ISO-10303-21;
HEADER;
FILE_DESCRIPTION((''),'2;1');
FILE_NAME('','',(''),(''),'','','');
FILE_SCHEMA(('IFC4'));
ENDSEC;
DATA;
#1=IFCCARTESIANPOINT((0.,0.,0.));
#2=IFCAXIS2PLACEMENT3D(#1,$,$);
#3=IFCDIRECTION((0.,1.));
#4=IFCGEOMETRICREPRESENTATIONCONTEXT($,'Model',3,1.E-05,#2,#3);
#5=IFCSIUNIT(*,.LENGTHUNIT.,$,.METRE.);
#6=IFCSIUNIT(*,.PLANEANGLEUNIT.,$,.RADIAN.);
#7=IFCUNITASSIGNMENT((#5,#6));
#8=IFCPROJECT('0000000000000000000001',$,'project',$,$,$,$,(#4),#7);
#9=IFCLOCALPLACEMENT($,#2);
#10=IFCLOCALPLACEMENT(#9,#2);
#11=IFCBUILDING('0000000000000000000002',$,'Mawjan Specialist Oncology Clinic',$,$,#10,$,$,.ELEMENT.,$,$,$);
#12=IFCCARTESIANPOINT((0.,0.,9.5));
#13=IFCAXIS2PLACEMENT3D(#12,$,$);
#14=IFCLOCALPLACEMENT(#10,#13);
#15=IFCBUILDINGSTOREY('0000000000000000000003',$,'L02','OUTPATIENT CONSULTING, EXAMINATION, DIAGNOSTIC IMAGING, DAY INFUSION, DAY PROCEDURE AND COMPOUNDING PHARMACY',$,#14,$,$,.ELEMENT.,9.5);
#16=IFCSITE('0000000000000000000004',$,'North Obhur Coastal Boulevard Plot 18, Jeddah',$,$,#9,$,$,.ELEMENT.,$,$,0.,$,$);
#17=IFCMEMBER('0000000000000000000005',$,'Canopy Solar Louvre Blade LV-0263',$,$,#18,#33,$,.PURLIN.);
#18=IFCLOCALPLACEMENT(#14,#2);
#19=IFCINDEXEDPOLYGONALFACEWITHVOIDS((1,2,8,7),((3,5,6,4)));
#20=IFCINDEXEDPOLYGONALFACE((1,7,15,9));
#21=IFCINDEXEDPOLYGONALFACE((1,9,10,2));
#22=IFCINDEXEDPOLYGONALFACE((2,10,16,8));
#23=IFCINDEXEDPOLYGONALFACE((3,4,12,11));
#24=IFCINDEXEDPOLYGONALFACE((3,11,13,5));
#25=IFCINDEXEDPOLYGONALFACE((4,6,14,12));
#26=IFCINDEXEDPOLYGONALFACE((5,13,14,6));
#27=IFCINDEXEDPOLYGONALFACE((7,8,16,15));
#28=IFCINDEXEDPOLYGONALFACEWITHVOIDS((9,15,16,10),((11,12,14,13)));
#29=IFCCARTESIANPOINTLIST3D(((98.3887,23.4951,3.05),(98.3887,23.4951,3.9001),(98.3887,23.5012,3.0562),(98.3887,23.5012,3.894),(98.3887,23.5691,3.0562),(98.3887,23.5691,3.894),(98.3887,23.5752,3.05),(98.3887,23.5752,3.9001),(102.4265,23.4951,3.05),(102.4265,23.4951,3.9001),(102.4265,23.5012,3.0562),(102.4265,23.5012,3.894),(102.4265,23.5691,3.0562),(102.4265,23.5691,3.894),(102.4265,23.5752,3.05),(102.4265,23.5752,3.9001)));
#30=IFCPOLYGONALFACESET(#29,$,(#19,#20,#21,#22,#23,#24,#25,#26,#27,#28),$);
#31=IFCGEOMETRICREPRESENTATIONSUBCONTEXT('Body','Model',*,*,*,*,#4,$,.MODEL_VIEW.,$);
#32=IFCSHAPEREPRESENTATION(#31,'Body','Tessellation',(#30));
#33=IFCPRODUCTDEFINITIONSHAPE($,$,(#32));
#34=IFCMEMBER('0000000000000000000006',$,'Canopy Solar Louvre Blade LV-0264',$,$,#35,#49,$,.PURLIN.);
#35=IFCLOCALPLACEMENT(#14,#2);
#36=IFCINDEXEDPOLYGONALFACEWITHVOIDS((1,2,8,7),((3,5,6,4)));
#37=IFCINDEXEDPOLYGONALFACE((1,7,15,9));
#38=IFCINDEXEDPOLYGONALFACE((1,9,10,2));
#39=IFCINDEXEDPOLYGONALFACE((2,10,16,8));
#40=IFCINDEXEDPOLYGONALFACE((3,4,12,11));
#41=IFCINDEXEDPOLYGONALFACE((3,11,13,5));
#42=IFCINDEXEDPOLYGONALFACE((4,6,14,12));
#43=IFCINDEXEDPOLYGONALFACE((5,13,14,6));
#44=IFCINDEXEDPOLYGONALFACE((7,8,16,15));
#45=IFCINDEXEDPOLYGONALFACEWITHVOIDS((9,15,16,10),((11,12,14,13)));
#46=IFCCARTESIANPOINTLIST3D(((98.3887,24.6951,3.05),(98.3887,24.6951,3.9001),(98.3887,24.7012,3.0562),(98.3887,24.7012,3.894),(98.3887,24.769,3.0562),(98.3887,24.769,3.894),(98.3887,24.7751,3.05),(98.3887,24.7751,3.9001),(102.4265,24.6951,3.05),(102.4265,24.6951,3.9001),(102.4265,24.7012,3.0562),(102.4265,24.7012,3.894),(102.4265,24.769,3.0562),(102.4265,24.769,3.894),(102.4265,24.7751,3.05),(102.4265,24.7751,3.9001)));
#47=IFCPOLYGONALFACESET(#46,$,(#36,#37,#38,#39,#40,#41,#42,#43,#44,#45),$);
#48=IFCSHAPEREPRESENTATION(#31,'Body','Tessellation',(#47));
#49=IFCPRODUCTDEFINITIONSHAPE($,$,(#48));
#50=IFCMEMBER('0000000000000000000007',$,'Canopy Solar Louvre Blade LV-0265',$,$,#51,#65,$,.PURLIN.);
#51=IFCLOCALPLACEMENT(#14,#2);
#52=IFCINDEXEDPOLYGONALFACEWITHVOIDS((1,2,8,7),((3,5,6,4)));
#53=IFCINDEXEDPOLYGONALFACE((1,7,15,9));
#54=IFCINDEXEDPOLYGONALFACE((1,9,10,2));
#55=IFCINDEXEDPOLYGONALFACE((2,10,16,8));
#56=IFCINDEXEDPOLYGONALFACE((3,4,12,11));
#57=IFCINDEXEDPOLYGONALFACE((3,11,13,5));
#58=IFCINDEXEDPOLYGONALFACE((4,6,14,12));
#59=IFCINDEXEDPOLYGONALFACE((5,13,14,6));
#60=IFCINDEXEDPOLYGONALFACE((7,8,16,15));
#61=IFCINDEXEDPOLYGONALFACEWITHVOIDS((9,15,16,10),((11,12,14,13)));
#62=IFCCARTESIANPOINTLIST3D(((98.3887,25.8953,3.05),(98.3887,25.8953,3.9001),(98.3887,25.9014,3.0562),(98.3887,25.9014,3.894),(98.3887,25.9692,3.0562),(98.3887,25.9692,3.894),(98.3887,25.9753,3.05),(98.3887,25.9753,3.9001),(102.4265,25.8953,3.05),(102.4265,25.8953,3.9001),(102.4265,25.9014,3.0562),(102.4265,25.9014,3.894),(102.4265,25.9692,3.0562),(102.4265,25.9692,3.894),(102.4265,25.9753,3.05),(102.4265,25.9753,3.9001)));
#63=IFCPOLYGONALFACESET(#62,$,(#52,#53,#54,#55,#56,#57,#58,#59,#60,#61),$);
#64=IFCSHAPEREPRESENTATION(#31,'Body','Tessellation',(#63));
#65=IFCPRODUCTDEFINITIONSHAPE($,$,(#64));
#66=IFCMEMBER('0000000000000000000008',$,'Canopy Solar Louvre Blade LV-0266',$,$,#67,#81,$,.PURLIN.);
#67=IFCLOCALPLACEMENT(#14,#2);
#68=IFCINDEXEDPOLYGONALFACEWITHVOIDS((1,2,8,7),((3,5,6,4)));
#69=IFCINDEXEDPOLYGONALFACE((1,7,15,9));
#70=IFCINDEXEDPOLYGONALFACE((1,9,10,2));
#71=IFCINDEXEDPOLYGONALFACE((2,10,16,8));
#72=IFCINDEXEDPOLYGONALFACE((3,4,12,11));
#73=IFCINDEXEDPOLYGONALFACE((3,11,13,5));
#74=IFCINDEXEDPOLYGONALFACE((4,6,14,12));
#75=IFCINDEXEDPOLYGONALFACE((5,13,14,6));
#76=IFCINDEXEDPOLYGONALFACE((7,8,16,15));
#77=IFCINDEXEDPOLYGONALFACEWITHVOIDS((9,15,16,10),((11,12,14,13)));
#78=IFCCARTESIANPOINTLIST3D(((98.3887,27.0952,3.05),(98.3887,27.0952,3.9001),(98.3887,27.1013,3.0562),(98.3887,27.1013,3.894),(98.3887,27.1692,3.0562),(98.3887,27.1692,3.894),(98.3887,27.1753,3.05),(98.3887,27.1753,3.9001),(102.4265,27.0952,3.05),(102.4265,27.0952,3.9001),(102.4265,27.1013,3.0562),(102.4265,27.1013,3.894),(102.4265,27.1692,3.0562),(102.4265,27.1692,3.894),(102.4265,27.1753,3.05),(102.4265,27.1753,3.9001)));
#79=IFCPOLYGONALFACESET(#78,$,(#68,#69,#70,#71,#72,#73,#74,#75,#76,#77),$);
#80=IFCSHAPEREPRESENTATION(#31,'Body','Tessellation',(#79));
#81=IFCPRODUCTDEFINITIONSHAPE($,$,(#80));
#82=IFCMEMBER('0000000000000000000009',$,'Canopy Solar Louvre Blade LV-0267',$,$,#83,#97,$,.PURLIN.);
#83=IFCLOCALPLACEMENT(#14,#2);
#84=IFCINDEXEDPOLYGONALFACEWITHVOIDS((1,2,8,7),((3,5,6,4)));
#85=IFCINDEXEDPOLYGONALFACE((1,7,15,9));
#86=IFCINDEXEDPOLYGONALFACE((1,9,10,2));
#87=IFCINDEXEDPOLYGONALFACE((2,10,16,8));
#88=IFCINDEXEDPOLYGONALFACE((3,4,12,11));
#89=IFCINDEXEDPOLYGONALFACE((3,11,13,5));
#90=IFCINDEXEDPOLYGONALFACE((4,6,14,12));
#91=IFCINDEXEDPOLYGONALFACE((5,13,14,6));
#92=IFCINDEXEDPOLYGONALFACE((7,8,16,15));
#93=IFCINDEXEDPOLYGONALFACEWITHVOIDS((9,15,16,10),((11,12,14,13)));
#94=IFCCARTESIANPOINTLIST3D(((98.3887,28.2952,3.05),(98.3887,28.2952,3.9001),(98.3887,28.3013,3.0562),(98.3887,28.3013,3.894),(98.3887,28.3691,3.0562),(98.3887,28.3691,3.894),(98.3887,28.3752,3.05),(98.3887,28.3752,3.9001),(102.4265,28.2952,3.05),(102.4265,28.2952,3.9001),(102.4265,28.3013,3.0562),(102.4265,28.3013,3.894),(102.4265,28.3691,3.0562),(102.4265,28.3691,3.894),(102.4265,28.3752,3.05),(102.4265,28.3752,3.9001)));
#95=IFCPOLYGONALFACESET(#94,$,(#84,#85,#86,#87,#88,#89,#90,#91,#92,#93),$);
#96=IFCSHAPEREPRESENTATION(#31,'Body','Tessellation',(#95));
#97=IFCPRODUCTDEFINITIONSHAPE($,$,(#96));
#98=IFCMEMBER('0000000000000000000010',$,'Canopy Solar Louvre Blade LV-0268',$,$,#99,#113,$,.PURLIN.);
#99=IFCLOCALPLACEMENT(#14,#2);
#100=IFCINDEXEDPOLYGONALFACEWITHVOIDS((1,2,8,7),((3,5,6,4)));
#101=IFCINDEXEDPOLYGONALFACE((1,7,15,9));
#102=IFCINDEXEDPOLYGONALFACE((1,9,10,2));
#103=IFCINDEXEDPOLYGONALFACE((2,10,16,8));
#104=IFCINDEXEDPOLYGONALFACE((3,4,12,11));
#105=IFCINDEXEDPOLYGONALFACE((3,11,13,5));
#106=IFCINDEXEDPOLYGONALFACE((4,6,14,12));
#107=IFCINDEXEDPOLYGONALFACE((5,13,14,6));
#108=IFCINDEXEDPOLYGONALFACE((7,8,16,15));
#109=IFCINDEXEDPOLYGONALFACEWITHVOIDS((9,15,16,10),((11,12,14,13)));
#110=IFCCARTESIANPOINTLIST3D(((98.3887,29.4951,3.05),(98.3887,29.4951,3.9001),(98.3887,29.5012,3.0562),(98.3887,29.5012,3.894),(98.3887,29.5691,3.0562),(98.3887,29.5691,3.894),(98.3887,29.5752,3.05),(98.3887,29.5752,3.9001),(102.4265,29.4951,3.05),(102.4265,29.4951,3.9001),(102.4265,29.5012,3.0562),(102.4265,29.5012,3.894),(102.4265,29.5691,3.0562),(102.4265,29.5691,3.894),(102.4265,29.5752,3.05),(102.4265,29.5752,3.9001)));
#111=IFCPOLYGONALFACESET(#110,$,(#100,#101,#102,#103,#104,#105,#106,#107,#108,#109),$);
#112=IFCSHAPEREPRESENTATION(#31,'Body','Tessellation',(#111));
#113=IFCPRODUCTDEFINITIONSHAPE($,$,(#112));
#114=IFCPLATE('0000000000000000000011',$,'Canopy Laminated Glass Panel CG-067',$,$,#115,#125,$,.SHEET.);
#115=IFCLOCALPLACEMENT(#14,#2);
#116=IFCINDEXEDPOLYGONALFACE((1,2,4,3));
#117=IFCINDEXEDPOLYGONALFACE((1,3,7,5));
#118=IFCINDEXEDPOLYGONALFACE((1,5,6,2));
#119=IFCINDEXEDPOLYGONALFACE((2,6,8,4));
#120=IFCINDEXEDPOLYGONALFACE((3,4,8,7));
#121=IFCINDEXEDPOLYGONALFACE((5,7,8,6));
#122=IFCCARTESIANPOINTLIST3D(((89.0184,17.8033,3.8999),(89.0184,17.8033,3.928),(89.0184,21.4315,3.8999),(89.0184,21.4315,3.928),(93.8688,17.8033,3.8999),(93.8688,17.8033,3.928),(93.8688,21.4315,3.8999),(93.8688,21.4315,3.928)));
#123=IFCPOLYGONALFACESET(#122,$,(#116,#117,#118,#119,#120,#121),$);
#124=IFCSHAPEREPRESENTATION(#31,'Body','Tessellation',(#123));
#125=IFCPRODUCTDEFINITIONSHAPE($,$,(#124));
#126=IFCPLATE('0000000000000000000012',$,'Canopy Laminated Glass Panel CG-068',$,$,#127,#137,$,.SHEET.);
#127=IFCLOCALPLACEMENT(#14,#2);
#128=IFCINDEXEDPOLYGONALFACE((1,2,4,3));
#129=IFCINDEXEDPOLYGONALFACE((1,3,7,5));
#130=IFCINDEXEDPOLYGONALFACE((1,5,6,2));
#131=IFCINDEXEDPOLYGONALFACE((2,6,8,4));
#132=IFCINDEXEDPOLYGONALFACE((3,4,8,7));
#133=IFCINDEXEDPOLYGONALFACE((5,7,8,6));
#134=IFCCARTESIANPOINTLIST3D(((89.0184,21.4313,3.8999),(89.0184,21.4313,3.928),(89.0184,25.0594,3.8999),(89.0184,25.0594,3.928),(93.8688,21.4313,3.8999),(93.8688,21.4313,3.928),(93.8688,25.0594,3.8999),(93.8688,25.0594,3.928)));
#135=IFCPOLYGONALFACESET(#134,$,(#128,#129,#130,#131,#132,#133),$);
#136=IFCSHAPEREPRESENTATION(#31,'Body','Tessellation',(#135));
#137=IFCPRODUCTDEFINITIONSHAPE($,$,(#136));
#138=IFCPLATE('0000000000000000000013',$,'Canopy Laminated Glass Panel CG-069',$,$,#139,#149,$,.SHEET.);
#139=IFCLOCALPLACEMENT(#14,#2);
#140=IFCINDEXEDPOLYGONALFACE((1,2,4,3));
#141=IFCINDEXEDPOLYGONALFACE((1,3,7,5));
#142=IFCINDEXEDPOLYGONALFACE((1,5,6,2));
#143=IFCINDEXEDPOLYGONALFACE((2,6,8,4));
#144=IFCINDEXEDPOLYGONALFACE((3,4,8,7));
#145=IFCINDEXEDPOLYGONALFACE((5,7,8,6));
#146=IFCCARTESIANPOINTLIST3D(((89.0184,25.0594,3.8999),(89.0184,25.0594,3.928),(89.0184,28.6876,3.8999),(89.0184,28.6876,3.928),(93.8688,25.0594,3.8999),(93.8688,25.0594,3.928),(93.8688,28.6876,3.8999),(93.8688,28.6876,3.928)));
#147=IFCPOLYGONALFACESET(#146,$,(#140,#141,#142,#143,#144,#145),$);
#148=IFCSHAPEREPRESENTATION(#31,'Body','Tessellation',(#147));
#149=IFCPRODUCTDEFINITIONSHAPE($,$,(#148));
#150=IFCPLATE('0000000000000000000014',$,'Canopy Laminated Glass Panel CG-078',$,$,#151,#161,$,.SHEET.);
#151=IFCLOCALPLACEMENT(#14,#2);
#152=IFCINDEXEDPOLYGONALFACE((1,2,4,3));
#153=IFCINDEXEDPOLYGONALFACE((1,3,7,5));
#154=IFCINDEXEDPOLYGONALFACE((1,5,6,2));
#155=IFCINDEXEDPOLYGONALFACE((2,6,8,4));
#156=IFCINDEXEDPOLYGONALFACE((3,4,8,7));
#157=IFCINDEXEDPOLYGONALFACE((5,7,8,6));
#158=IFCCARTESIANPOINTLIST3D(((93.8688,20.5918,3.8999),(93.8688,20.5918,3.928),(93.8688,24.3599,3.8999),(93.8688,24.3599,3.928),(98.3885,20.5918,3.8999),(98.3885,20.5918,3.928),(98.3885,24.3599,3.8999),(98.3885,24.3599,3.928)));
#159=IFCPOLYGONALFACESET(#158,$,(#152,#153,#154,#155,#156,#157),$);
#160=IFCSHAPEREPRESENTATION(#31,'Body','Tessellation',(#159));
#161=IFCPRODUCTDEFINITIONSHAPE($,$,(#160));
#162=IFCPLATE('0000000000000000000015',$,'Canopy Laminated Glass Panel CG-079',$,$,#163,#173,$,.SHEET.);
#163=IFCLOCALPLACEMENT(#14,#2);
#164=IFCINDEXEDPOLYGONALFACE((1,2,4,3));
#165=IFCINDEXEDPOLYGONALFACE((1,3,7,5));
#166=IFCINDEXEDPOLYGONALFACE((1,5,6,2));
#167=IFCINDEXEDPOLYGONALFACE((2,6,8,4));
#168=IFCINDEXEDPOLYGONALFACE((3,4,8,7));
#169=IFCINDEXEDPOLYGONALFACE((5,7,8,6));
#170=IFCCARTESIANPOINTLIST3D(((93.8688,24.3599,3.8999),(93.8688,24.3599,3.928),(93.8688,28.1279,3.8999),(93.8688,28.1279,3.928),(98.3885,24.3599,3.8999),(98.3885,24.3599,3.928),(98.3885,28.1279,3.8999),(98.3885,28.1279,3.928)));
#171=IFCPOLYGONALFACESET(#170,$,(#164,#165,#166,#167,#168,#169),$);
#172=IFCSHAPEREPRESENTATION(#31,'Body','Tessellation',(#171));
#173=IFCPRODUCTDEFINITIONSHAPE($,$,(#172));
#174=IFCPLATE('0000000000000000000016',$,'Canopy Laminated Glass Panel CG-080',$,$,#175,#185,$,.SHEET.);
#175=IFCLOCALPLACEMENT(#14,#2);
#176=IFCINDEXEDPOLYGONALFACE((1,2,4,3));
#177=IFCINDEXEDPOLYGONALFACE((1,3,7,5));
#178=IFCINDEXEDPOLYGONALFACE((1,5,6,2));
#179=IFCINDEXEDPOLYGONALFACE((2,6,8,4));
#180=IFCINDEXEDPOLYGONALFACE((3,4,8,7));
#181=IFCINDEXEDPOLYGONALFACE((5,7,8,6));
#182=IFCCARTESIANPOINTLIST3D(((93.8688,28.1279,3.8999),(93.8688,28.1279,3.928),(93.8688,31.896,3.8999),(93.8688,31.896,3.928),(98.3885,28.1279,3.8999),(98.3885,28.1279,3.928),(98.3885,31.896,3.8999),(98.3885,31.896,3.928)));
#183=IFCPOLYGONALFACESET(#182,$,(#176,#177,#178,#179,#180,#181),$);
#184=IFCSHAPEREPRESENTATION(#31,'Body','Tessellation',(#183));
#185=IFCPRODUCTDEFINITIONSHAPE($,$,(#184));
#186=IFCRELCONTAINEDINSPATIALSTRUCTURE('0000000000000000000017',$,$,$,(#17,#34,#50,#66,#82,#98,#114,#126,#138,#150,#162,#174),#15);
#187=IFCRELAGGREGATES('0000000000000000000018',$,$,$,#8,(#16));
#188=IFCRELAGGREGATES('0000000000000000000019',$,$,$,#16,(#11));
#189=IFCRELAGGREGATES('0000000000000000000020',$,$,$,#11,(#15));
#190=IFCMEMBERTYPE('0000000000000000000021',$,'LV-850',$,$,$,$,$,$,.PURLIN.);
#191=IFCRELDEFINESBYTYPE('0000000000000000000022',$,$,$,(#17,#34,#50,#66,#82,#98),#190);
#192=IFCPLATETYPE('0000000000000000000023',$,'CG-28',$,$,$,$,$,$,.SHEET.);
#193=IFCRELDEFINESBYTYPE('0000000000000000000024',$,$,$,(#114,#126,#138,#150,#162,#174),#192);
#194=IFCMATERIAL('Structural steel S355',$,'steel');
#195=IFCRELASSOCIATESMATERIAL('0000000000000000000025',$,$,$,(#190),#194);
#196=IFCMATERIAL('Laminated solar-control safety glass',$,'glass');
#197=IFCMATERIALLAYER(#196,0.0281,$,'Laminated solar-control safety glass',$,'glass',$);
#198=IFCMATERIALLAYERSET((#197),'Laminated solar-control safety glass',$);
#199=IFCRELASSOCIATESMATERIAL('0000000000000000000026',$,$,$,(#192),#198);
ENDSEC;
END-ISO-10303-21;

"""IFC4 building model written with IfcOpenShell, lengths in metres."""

from ifc_helpers import new_model, si_unit, direction, frame, origin, origin_2d, place, context, subcontext, project, spatial, rectangle, hollow_rectangle, extrude, material, layer, layer_set, material_profile, profile_set, type_object, element, save


model = new_model("IFC4")

# Units and contexts
model_context = context("Model", 3, precision=1e-05, world=origin(), true_north=direction((0.0, 1.0)))
body_context = subcontext(model_context, "Body", "Model", "MODEL_VIEW")
ifc_project = project(units=[si_unit("LENGTHUNIT", "METRE"), si_unit("PLANEANGLEUNIT", "RADIAN")], contexts=[model_context])

# Site, building, storey
site_placement = place(None, origin())
site = spatial("IfcSite", under=ifc_project, at=site_placement, Name="North Obhur Coastal Boulevard Plot 18, Jeddah", CompositionType="ELEMENT", RefElevation=0.0)
building_placement = place(site_placement, origin())
building = spatial("IfcBuilding", under=site, at=building_placement, Name="Mawjan Specialist Oncology Clinic", CompositionType="ELEMENT")
storey_placement = place(building_placement, frame((0.0, 0.0, 9.5)))
storey = spatial("IfcBuildingStorey", under=building, at=storey_placement, Name="L02", Description="OUTPATIENT CONSULTING, EXAMINATION, DIAGNOSTIC IMAGING, DAY INFUSION, DAY PROCEDURE AND COMPOUNDING PHARMACY", CompositionType="ELEMENT", Elevation=9.5)

# Members
ifc_material_1 = material(Name="Structural steel S355", Category="steel")
ifc_material_profile = material_profile(ifc_material_1, hollow_rectangle(XDim=0.0801, YDim=0.8501, WallThickness=0.0061, at=origin_2d()), Name="LOUVRE 850x80x6", Category="steel")
ifc_profile_set = profile_set([ifc_material_profile], Name="Structural steel S355")
member_type = type_object("IfcMemberType", Name="LV-850", PredefinedType="PURLIN", material=ifc_profile_set)
for number, where, z_axis, x_axis, name in (
    (1, (98.3887, 23.5352, 3.4751), (1.0, 0.0, 0.0), (0.0, 1.0, 0.0), "Canopy Solar Louvre Blade LV-0263"),
    (2, (98.3887, 24.7351, 3.4751), (1.0, 0.0, 0.0), (0.0, 1.0, 0.0), "Canopy Solar Louvre Blade LV-0264"),
    (3, (98.3887, 25.9353, 3.4751), (1.0, 0.0, 0.0), (0.0, 1.0, 0.0), "Canopy Solar Louvre Blade LV-0265"),
    (4, (98.3887, 27.1353, 3.4751), (1.0, 0.0, 0.0), (0.0, 1.0, 0.0), "Canopy Solar Louvre Blade LV-0266"),
    (5, (98.3887, 28.3352, 3.4751), (1.0, 0.0, 0.0), (0.0, 1.0, 0.0), "Canopy Solar Louvre Blade LV-0267"),
    (6, (98.3887, 29.5352, 3.4751), (1.0, 0.0, 0.0), (0.0, 1.0, 0.0), "Canopy Solar Louvre Blade LV-0268"),
):
    element("IfcMember", number, at=place(storey_placement, frame(where, z_axis=z_axis, x_axis=x_axis)), inside=storey, type_object=member_type, Name=name, PredefinedType="PURLIN", context=body_context, shape_type="SweptSolid", body=[
        extrude(hollow_rectangle(XDim=0.0801, YDim=0.8501, WallThickness=0.0061, at=origin_2d()), origin(), (0.0, 0.0, 1.0), 4.0378),
    ])

# Plates
ifc_material_2 = material(Name="Laminated solar-control safety glass", Category="glass")
ifc_layer = layer(ifc_material_2, 0.0281, Name="Laminated solar-control safety glass", Category="glass")
ifc_layer_set = layer_set([ifc_layer], Name="Laminated solar-control safety glass")
plate_type = type_object("IfcPlateType", Name="CG-28", PredefinedType="SHEET", material=ifc_layer_set)
for number, where, z_axis, x_axis, name in (
    (7, (91.4436, 19.6174, 3.8999), (0.0, 0.0, 1.0), (1.0, 0.0, 0.0), "Canopy Laminated Glass Panel CG-067"),
    (8, (91.4436, 23.2454, 3.8999), (0.0, 0.0, 1.0), (1.0, 0.0, 0.0), "Canopy Laminated Glass Panel CG-068"),
    (9, (91.4436, 26.8735, 3.8999), (0.0, 0.0, 1.0), (1.0, 0.0, 0.0), "Canopy Laminated Glass Panel CG-069"),
):
    element("IfcPlate", number, at=place(storey_placement, frame(where, z_axis=z_axis, x_axis=x_axis)), inside=storey, type_object=plate_type, Name=name, PredefinedType="SHEET", context=body_context, shape_type="SweptSolid", body=[
        extrude(rectangle(XDim=4.8503, YDim=3.6282, at=origin_2d()), origin(), (0.0, 0.0, 1.0), 0.0281),
    ])
for number, where, z_axis, x_axis, name in (
    (10, (96.1287, 22.4758, 3.8999), (0.0, 0.0, 1.0), (1.0, 0.0, 0.0), "Canopy Laminated Glass Panel CG-078"),
    (11, (96.1287, 26.2439, 3.8999), (0.0, 0.0, 1.0), (1.0, 0.0, 0.0), "Canopy Laminated Glass Panel CG-079"),
    (12, (96.1287, 30.012, 3.8999), (0.0, 0.0, 1.0), (1.0, 0.0, 0.0), "Canopy Laminated Glass Panel CG-080"),
):
    element("IfcPlate", number, at=place(storey_placement, frame(where, z_axis=z_axis, x_axis=x_axis)), inside=storey, type_object=plate_type, Name=name, PredefinedType="SHEET", context=body_context, shape_type="SweptSolid", body=[
        extrude(rectangle(XDim=4.5198, YDim=3.7681, at=origin_2d()), origin(), (0.0, 0.0, 1.0), 0.0281),
    ])

save(model, "model.ifc")
